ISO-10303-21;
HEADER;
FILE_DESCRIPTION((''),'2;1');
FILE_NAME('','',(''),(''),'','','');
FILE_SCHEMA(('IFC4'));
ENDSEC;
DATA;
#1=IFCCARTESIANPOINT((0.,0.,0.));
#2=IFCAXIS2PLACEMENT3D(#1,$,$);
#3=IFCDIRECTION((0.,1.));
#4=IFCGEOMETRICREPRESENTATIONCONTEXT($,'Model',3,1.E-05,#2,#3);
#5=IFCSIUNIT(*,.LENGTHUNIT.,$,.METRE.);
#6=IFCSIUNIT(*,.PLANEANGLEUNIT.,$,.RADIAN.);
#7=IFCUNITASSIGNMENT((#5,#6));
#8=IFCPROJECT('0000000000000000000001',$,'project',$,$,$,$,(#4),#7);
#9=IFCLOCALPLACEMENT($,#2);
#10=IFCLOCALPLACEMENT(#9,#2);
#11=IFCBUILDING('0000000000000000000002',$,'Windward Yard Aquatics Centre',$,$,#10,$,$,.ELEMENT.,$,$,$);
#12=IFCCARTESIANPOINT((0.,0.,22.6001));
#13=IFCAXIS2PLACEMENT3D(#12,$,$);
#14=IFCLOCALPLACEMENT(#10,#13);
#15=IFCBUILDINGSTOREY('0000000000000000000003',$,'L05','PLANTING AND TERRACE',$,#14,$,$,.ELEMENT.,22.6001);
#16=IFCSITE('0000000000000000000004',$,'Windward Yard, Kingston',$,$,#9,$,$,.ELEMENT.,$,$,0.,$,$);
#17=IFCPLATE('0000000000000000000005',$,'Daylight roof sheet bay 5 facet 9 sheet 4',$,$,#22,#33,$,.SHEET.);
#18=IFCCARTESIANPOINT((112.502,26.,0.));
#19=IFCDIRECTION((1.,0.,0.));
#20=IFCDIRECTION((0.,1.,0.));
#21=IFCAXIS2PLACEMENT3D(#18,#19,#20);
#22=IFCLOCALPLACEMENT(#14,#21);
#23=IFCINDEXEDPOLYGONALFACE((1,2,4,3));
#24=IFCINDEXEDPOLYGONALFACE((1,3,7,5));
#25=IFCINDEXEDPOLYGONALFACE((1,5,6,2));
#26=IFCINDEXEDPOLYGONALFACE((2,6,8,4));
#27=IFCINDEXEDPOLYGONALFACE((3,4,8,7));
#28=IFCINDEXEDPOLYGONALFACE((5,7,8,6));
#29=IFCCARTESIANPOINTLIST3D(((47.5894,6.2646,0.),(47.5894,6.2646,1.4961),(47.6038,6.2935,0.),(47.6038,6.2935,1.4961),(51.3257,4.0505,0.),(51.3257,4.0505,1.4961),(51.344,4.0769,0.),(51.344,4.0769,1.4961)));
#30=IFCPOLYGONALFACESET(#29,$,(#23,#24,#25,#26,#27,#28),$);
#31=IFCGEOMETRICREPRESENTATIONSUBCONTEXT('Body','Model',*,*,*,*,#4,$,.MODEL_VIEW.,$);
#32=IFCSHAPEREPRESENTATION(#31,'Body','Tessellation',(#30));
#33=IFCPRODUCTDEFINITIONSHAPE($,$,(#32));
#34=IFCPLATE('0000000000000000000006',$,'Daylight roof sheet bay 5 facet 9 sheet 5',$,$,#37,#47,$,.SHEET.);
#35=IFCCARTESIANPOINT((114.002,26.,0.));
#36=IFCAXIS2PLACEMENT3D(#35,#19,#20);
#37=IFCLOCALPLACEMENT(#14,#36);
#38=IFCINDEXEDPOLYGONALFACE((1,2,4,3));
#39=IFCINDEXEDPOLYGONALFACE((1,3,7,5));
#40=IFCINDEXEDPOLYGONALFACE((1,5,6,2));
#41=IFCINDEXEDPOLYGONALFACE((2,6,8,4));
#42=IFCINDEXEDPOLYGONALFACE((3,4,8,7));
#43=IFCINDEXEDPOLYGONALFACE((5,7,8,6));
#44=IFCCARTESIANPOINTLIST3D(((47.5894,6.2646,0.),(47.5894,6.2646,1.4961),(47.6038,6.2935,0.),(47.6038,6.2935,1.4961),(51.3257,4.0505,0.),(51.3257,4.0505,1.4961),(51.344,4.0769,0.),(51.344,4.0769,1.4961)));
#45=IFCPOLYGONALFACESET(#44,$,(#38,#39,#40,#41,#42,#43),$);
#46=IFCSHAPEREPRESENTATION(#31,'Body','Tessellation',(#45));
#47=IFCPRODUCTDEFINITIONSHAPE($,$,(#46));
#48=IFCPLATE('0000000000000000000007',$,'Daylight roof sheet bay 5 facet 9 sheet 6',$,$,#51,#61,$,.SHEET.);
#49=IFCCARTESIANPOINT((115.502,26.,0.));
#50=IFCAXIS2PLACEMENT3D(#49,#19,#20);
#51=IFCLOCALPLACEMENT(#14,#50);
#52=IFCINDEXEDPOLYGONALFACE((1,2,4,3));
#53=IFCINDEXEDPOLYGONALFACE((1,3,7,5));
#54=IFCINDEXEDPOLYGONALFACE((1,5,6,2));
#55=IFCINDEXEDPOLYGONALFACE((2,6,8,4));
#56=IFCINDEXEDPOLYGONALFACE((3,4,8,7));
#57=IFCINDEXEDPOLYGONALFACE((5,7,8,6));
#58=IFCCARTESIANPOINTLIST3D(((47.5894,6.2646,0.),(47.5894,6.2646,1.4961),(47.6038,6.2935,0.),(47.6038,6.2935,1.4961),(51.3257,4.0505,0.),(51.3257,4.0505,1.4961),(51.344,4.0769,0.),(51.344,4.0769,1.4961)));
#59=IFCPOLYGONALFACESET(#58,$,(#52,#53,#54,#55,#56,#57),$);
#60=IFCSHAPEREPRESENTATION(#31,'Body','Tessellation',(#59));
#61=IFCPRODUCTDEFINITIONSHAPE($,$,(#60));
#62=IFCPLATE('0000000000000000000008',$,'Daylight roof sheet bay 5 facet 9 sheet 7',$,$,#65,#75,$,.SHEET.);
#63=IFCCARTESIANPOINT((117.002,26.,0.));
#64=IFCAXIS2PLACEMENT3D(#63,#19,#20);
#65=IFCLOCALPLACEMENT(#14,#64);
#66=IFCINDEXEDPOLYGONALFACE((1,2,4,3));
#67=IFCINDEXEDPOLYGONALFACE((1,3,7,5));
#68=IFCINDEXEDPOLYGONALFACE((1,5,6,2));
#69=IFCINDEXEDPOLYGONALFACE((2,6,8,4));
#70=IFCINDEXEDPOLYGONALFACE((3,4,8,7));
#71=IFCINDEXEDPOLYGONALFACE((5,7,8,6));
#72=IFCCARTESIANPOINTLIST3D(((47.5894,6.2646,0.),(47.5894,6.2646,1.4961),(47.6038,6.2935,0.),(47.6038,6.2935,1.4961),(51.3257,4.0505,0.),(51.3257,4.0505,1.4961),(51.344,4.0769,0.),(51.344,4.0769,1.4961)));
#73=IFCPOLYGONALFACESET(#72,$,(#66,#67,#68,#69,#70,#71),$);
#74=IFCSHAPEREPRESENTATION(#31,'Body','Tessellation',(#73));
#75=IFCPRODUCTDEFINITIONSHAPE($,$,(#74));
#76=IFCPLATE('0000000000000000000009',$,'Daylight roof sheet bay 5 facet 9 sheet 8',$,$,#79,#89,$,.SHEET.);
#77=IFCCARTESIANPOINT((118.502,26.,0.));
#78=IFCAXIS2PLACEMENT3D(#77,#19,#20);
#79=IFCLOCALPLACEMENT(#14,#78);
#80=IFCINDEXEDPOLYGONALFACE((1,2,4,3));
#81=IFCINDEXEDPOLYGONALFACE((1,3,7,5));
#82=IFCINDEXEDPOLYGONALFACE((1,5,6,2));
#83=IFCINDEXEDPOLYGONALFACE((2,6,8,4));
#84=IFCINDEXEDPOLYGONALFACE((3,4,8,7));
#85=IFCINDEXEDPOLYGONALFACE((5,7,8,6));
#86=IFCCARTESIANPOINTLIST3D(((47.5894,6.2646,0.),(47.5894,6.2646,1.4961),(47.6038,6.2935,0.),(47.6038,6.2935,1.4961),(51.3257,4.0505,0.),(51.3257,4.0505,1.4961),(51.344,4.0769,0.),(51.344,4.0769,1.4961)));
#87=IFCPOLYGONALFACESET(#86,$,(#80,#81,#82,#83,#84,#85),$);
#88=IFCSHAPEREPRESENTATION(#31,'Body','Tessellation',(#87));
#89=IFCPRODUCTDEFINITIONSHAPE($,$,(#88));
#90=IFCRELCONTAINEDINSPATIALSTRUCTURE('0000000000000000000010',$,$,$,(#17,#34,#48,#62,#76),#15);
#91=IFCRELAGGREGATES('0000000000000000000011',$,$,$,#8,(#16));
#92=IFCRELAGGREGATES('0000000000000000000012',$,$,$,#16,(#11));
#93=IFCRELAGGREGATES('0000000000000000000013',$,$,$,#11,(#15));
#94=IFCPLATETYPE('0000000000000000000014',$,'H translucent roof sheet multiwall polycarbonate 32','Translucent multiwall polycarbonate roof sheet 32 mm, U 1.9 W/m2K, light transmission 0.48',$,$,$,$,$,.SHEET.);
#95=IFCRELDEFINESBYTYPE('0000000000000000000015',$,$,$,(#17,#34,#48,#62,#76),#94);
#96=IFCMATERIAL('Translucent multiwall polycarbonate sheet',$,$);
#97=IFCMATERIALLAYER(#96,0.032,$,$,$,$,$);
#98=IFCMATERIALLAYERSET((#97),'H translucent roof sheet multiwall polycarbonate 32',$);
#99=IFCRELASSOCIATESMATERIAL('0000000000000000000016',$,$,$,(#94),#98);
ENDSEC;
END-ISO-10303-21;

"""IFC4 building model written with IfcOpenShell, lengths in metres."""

from ifc_helpers import new_model, si_unit, direction, frame, origin, place, context, subcontext, project, spatial, polyline, outline, extrude, material, layer, layer_set, type_object, element, save


model = new_model("IFC4")

# Units and contexts
model_context = context("Model", 3, precision=1e-05, world=origin(), true_north=direction((0.0, 1.0)))
body_context = subcontext(model_context, "Body", "Model", "MODEL_VIEW")
ifc_project = project(units=[si_unit("LENGTHUNIT", "METRE"), si_unit("PLANEANGLEUNIT", "RADIAN")], contexts=[model_context])

# Site, building, storey
site_placement = place(None, origin())
site = spatial("IfcSite", under=ifc_project, at=site_placement, Name="Windward Yard, Kingston", CompositionType="ELEMENT", RefElevation=0.0)
building_placement = place(site_placement, origin())
building = spatial("IfcBuilding", under=site, at=building_placement, Name="Windward Yard Aquatics Centre", CompositionType="ELEMENT")
storey_placement = place(building_placement, frame((0.0, 0.0, 22.6001)))
storey = spatial("IfcBuildingStorey", under=building, at=storey_placement, Name="L05", Description="PLANTING AND TERRACE", CompositionType="ELEMENT", Elevation=22.6001)

# Plates
ifc_material_1 = material(Name="Translucent multiwall polycarbonate sheet")
ifc_layer_1 = layer(ifc_material_1, 0.032)
ifc_layer_set_1 = layer_set([ifc_layer_1], Name="H translucent roof sheet multiwall polycarbonate 32")
plate_type = type_object("IfcPlateType", Name="H translucent roof sheet multiwall polycarbonate 32", Description="Translucent multiwall polycarbonate roof sheet 32 mm, U 1.9 W/m2K, light transmission 0.48", PredefinedType="SHEET", material=ifc_layer_set_1)
for number, where, z_axis, x_axis, name in (
    (1, (112.502, 26.0, 0.0), (1.0, 0.0, 0.0), (0.0, 1.0, 0.0), "Daylight roof sheet bay 5 facet 9 sheet 4"),
    (2, (114.002, 26.0, 0.0), (1.0, 0.0, 0.0), (0.0, 1.0, 0.0), "Daylight roof sheet bay 5 facet 9 sheet 5"),
    (3, (115.502, 26.0, 0.0), (1.0, 0.0, 0.0), (0.0, 1.0, 0.0), "Daylight roof sheet bay 5 facet 9 sheet 6"),
    (4, (117.002, 26.0, 0.0), (1.0, 0.0, 0.0), (0.0, 1.0, 0.0), "Daylight roof sheet bay 5 facet 9 sheet 7"),
    (5, (118.502, 26.0, 0.0), (1.0, 0.0, 0.0), (0.0, 1.0, 0.0), "Daylight roof sheet bay 5 facet 9 sheet 8"),
):
    element("IfcPlate", number, at=place(storey_placement, frame(where, z_axis=z_axis, x_axis=x_axis)), inside=storey, type_object=plate_type, Name=name, PredefinedType="SHEET", context=body_context, shape_type="SweptSolid", body=[
        extrude(outline(polyline([(47.5894, 6.2646), (51.3257, 4.0505), (51.344, 4.0769), (47.6038, 6.2935), (47.5894, 6.2646)])), origin(), (0.0, 0.0, 1.0), 1.4961),
    ])

save(model, "model.ifc")
